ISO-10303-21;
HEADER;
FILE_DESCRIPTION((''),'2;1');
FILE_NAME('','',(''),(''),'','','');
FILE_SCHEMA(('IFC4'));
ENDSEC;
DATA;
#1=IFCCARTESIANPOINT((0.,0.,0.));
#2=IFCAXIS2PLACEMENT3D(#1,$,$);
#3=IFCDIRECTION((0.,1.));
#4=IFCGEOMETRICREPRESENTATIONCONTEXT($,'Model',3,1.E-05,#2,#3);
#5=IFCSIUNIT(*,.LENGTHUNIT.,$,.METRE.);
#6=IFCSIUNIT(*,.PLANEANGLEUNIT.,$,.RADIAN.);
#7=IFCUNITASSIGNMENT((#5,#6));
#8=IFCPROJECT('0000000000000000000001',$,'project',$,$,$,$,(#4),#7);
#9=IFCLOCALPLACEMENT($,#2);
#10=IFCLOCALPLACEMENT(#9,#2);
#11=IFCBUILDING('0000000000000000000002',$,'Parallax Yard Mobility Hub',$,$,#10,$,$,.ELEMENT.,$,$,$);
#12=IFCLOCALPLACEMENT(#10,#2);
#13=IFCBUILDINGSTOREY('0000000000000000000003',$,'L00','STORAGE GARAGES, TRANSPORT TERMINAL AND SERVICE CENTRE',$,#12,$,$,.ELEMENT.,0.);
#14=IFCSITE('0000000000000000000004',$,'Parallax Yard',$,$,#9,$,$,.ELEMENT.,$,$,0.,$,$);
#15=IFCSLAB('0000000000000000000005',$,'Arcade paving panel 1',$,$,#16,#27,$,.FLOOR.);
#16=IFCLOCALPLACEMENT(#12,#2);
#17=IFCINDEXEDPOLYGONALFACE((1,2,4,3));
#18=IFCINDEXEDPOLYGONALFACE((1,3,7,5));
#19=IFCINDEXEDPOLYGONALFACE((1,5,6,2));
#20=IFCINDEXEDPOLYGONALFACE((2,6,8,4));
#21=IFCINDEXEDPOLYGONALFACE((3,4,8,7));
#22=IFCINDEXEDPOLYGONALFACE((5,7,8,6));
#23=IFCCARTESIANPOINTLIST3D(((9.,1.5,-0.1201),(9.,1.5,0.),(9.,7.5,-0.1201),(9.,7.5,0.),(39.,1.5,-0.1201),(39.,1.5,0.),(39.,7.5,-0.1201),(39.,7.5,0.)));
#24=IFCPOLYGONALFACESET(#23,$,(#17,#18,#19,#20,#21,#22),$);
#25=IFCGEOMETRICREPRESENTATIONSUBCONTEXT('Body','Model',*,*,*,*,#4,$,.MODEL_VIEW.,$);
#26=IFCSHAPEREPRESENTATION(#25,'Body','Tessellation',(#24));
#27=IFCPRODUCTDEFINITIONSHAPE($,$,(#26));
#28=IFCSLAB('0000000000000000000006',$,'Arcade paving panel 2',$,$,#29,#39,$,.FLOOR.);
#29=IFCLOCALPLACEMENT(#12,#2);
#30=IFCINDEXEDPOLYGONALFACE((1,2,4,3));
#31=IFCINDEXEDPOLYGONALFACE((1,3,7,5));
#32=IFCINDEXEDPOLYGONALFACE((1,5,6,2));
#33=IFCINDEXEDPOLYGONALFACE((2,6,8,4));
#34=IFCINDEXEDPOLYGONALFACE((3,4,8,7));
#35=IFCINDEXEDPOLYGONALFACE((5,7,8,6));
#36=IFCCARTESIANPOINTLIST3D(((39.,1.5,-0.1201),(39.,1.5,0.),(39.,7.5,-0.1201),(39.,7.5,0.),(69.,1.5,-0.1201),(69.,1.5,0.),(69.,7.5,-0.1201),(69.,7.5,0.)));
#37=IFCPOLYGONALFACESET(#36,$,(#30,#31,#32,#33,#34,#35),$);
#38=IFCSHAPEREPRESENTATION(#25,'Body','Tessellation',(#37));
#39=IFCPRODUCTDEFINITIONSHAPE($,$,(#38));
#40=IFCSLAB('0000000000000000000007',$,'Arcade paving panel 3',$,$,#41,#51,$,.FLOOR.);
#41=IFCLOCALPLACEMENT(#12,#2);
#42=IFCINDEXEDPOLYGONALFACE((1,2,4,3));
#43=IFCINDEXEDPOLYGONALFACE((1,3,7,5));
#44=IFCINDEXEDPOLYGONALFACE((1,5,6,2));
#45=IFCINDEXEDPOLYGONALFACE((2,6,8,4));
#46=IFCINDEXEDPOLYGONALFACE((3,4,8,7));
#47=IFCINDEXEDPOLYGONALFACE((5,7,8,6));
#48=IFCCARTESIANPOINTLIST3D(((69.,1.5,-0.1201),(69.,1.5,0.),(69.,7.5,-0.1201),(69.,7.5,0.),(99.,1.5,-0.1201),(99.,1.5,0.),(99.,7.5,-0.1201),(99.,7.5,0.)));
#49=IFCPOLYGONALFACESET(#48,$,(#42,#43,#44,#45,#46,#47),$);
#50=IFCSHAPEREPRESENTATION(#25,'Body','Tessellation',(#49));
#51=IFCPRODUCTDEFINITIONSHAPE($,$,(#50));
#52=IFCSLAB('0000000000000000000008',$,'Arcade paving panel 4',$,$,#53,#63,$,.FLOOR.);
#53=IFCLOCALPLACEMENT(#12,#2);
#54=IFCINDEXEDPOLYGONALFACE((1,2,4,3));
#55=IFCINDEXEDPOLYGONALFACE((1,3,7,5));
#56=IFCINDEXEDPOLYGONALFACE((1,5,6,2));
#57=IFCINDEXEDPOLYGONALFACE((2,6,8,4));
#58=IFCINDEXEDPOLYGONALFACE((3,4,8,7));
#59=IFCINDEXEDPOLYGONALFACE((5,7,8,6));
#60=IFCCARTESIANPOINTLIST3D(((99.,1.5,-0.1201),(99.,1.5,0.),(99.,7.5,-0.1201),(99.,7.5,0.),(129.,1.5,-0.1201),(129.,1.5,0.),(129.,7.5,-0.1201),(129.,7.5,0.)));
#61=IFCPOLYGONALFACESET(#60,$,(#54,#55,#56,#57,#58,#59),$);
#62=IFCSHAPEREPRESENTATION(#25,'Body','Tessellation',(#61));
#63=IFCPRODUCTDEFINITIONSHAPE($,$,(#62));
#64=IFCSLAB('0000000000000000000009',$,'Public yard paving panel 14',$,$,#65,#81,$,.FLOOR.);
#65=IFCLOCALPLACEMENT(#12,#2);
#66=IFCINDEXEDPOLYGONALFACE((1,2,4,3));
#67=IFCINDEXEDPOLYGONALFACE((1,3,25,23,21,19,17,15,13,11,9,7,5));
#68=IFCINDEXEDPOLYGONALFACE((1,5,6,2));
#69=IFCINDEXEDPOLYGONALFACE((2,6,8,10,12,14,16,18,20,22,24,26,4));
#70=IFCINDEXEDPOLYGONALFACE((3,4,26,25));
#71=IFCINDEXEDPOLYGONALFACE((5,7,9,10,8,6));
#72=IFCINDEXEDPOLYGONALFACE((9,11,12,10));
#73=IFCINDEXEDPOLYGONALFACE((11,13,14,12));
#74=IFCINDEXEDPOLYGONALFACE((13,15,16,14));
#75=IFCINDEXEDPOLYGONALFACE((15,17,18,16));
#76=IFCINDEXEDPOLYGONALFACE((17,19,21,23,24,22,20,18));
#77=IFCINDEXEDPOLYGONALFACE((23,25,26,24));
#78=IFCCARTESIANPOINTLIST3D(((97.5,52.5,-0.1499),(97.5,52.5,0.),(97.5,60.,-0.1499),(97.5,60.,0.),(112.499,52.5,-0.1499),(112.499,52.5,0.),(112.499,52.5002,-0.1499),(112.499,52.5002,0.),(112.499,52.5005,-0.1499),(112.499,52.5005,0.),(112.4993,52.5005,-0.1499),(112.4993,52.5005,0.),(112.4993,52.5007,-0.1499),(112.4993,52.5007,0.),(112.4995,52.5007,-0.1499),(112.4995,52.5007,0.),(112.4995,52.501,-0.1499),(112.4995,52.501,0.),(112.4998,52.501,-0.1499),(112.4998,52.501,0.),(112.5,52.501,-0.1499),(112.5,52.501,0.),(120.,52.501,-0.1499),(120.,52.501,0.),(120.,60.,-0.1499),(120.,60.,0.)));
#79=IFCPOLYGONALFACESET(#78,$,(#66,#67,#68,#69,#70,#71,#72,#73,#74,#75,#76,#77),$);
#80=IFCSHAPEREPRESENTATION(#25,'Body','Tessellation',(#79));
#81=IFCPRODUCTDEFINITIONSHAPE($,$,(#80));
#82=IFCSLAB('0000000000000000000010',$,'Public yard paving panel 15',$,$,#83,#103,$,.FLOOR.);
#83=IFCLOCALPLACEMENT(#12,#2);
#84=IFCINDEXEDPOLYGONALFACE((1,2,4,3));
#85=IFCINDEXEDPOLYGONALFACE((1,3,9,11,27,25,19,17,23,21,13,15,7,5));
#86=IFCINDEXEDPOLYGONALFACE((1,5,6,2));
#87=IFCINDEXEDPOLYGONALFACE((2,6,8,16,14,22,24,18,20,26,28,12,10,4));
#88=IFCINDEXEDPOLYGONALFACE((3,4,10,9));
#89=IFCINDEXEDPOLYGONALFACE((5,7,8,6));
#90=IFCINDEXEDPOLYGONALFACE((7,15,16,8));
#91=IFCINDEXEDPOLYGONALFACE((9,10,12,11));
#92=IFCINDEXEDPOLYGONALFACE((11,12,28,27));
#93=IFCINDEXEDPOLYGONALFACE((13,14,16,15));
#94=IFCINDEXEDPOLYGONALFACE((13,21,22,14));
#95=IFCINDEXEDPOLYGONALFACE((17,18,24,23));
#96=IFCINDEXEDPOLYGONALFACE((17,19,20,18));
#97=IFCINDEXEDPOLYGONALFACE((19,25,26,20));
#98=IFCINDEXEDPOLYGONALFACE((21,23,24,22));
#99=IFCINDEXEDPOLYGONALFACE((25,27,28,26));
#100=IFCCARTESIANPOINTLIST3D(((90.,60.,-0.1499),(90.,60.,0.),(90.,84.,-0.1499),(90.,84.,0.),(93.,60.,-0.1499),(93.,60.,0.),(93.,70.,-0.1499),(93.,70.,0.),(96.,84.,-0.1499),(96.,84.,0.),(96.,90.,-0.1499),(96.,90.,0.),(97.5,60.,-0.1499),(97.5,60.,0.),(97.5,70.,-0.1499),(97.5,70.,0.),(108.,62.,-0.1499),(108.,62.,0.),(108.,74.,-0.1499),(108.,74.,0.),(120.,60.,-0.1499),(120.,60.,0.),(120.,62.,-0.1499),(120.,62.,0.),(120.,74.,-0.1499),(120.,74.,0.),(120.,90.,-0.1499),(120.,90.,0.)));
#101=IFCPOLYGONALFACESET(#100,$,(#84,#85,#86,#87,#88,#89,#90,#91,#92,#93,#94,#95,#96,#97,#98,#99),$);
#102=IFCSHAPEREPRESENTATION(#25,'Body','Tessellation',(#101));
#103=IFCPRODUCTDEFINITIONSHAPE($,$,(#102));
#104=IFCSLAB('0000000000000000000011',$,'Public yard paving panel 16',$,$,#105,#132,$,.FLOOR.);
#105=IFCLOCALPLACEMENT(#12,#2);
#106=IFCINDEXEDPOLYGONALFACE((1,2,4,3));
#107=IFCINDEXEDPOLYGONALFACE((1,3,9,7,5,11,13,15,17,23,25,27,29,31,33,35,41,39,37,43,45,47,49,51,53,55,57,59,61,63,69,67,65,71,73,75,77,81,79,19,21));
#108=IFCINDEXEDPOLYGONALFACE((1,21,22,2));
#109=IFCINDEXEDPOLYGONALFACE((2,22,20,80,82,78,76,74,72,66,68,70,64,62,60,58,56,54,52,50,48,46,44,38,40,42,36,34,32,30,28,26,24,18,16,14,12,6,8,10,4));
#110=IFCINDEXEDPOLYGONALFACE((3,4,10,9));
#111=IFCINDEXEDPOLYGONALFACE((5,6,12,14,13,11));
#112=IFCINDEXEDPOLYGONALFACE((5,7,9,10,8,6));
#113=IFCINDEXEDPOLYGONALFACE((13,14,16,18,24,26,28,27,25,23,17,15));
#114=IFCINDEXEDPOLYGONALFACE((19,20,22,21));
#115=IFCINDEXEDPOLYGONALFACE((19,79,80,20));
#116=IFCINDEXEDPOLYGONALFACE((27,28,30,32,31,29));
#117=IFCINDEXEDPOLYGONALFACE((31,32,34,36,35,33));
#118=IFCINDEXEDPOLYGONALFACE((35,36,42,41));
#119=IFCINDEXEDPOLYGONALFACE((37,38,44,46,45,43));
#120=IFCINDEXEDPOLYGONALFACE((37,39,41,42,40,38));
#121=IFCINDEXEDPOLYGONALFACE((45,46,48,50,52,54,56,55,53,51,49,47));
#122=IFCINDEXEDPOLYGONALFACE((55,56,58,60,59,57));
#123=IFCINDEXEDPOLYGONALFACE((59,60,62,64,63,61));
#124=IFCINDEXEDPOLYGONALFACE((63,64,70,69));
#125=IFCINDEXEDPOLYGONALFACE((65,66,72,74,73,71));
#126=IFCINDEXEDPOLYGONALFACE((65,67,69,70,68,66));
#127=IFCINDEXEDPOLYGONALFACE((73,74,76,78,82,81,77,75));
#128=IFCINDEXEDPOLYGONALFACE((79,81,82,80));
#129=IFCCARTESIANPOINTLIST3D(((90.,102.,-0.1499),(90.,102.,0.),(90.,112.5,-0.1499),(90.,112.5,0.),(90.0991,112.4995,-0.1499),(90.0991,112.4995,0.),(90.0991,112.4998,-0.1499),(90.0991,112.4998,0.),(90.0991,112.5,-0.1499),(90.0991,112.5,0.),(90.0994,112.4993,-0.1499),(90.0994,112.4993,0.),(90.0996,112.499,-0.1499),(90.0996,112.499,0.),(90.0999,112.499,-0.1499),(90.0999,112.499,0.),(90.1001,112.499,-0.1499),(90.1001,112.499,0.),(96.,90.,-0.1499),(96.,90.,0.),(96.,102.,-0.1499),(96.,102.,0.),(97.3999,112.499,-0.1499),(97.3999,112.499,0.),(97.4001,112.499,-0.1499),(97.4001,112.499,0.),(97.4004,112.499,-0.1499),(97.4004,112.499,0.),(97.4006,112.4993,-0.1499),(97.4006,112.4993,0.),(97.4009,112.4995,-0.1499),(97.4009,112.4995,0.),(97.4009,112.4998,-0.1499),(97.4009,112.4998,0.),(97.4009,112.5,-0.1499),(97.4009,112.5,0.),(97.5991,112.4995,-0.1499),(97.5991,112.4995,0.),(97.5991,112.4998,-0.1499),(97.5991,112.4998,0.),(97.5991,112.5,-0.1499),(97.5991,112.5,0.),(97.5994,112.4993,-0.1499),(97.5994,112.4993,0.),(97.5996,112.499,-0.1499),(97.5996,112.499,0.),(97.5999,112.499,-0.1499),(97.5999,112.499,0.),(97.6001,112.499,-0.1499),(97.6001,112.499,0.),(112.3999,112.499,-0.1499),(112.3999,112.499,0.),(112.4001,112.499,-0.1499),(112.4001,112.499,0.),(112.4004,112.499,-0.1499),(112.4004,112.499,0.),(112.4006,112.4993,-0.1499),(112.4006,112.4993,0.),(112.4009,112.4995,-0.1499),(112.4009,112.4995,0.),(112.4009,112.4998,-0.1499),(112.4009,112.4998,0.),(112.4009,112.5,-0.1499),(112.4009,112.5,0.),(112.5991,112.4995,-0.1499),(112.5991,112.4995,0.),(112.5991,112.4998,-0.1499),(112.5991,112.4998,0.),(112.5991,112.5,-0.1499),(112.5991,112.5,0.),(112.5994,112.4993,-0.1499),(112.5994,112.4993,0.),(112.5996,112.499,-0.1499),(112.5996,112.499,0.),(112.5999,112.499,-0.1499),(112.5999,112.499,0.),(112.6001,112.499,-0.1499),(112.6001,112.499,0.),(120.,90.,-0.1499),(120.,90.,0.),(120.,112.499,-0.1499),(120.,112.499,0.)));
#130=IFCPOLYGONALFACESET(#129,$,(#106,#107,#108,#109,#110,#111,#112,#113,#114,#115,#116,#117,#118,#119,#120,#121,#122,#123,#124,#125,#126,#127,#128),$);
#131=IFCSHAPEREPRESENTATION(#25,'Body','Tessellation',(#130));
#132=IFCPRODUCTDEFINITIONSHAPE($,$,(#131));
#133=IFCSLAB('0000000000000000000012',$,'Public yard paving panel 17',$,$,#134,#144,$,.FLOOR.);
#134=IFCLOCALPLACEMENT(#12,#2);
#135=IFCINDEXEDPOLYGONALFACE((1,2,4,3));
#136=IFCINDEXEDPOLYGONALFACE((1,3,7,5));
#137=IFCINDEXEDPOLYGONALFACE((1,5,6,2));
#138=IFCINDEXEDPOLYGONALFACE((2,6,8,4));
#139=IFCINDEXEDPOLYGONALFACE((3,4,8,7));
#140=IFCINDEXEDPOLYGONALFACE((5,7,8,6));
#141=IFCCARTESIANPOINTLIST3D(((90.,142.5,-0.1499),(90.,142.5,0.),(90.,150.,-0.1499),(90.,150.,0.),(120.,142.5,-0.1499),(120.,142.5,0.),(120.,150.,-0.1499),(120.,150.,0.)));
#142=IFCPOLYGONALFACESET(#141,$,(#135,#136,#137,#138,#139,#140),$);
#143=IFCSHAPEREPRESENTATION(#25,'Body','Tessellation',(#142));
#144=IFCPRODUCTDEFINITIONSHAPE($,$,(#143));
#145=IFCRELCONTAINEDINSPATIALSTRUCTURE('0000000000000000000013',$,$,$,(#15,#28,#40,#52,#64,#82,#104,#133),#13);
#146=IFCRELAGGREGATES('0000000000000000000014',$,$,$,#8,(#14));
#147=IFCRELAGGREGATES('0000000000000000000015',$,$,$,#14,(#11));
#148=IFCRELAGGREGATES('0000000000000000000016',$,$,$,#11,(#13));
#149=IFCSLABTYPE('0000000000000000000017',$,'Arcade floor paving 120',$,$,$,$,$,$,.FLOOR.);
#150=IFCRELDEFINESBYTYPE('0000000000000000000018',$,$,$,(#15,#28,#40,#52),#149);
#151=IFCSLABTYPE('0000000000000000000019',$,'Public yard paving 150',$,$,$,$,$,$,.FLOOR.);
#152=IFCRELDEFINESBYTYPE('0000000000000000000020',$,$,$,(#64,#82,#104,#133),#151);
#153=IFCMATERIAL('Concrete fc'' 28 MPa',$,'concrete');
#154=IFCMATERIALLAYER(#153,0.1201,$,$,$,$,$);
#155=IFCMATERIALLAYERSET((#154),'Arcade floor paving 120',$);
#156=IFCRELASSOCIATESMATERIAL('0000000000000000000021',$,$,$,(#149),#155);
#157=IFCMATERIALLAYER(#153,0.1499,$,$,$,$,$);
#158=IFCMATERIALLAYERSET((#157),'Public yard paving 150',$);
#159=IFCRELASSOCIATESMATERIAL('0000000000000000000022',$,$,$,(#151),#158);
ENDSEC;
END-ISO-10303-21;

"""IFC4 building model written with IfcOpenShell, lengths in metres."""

from ifc_helpers import new_model, si_unit, direction, frame, origin, place, context, subcontext, project, spatial, polyline, outline, extrude, material, layer, layer_set, type_object, element, save


model = new_model("IFC4")

# Units and contexts
model_context = context("Model", 3, precision=1e-05, world=origin(), true_north=direction((0.0, 1.0)))
body_context = subcontext(model_context, "Body", "Model", "MODEL_VIEW")
ifc_project = project(units=[si_unit("LENGTHUNIT", "METRE"), si_unit("PLANEANGLEUNIT", "RADIAN")], contexts=[model_context])

# Site, building, storey
site_placement = place(None, origin())
site = spatial("IfcSite", under=ifc_project, at=site_placement, Name="Parallax Yard", CompositionType="ELEMENT", RefElevation=0.0)
building_placement = place(site_placement, origin())
building = spatial("IfcBuilding", under=site, at=building_placement, Name="Parallax Yard Mobility Hub", CompositionType="ELEMENT")
storey_placement = place(building_placement, origin())
storey = spatial("IfcBuildingStorey", under=building, at=storey_placement, Name="L00", Description="STORAGE GARAGES, TRANSPORT TERMINAL AND SERVICE CENTRE", CompositionType="ELEMENT", Elevation=0.0)

# Slabs
ifc_material = material(Name="Concrete fc' 28 MPa", Category="concrete")
ifc_layer_1 = layer(ifc_material, 0.1201)
ifc_layer_set_1 = layer_set([ifc_layer_1], Name="Arcade floor paving 120")
slab_type_1 = type_object("IfcSlabType", Name="Arcade floor paving 120", PredefinedType="FLOOR", material=ifc_layer_set_1)
slab_1_placement = place(storey_placement, frame((0.0, 0.0, -0.1201)))
element("IfcSlab", 1, at=slab_1_placement, inside=storey, type_object=slab_type_1, Name="Arcade paving panel 1", PredefinedType="FLOOR", context=body_context, shape_type="SweptSolid", body=[
    extrude(outline(polyline([(39.0, 1.5), (39.0, 7.5), (9.0, 7.5), (9.0, 1.5), (39.0, 1.5)])), origin(), (0.0, 0.0, 1.0), 0.1201),
])
slab_2_placement = place(storey_placement, frame((0.0, 0.0, -0.1201)))
element("IfcSlab", 2, at=slab_2_placement, inside=storey, type_object=slab_type_1, Name="Arcade paving panel 2", PredefinedType="FLOOR", context=body_context, shape_type="SweptSolid", body=[
    extrude(outline(polyline([(69.0, 1.5), (69.0, 7.5), (39.0, 7.5), (39.0, 1.5), (69.0, 1.5)])), origin(), (0.0, 0.0, 1.0), 0.1201),
])
slab_3_placement = place(storey_placement, frame((0.0, 0.0, -0.1201)))
element("IfcSlab", 3, at=slab_3_placement, inside=storey, type_object=slab_type_1, Name="Arcade paving panel 3", PredefinedType="FLOOR", context=body_context, shape_type="SweptSolid", body=[
    extrude(outline(polyline([(99.0, 1.5), (99.0, 7.5), (69.0, 7.5), (69.0, 1.5), (99.0, 1.5)])), origin(), (0.0, 0.0, 1.0), 0.1201),
])
slab_4_placement = place(storey_placement, frame((0.0, 0.0, -0.1201)))
element("IfcSlab", 4, at=slab_4_placement, inside=storey, type_object=slab_type_1, Name="Arcade paving panel 4", PredefinedType="FLOOR", context=body_context, shape_type="SweptSolid", body=[
    extrude(outline(polyline([(129.0, 1.5), (129.0, 7.5), (99.0, 7.5), (99.0, 1.5), (129.0, 1.5)])), origin(), (0.0, 0.0, 1.0), 0.1201),
])
ifc_layer_2 = layer(ifc_material, 0.1499)
ifc_layer_set_2 = layer_set([ifc_layer_2], Name="Public yard paving 150")
slab_type_2 = type_object("IfcSlabType", Name="Public yard paving 150", PredefinedType="FLOOR", material=ifc_layer_set_2)
slab_5_placement = place(storey_placement, frame((0.0, 0.0, -0.1499)))
element("IfcSlab", 5, at=slab_5_placement, inside=storey, type_object=slab_type_2, Name="Public yard paving panel 14", PredefinedType="FLOOR", context=body_context, shape_type="SweptSolid", body=[
    extrude(outline(polyline([(112.5, 52.501), (112.5, 52.501), (112.4998, 52.501), (112.4998, 52.501), (112.4995, 52.501), (112.4995, 52.501), (112.4995, 52.5007), (112.4995, 52.5007), (112.4993, 52.5007), (112.4993, 52.5005), (112.4993, 52.5005), (112.499, 52.5005), (112.499, 52.5005), (112.499, 52.5002), (112.499, 52.5002), (112.499, 52.5), (112.499, 52.5), (97.5, 52.5), (97.5, 60.0), (120.0, 60.0), (120.0, 52.501), (112.5, 52.501)])), origin(), (0.0, 0.0, 1.0), 0.1499),
])
slab_6_placement = place(storey_placement, frame((0.0, 0.0, -0.1499)))
element("IfcSlab", 6, at=slab_6_placement, inside=storey, type_object=slab_type_2, Name="Public yard paving panel 15", PredefinedType="FLOOR", context=body_context, shape_type="SweptSolid", body=[
    extrude(outline(polyline([(97.5, 70.0), (93.0, 70.0), (93.0, 60.0), (90.0, 60.0), (90.0, 84.0), (96.0, 84.0), (96.0, 90.0), (120.0, 90.0), (120.0, 74.0), (108.0, 74.0), (108.0, 62.0), (120.0, 62.0), (120.0, 60.0), (97.5, 60.0), (97.5, 70.0)])), origin(), (0.0, 0.0, 1.0), 0.1499),
])
slab_7_placement = place(storey_placement, frame((0.0, 0.0, -0.1499)))
element("IfcSlab", 7, at=slab_7_placement, inside=storey, type_object=slab_type_2, Name="Public yard paving panel 16", PredefinedType="FLOOR", context=body_context, shape_type="SweptSolid", body=[
    extrude(outline(polyline([(90.0991, 112.5), (90.0991, 112.5), (90.0991, 112.4998), (90.0991, 112.4998), (90.0991, 112.4995), (90.0991, 112.4995), (90.0991, 112.4995), (90.0991, 112.4995), (90.0994, 112.4993), (90.0994, 112.4993), (90.0994, 112.4993), (90.0996, 112.499), (90.0996, 112.499), (90.0996, 112.499), (90.0999, 112.499), (90.0999, 112.499), (90.1001, 112.499), (97.3999, 112.499), (97.4001, 112.499), (97.4001, 112.499), (97.4004, 112.499), (97.4004, 112.499), (97.4004, 112.499), (97.4006, 112.4993), (97.4006, 112.4993), (97.4006, 112.4993), (97.4009, 112.4995), (97.4009, 112.4995), (97.4009, 112.4995), (97.4009, 112.4995), (97.4009, 112.4998), (97.4009, 112.4998), (97.4009, 112.5), (97.4009, 112.5), (97.5991, 112.5), (97.5991, 112.5), (97.5991, 112.4998), (97.5991, 112.4998), (97.5991, 112.4995), (97.5991, 112.4995), (97.5991, 112.4995), (97.5991, 112.4995), (97.5994, 112.4993), (97.5994, 112.4993), (97.5994, 112.4993), (97.5996, 112.499), (97.5996, 112.499), (97.5996, 112.499), (97.5999, 112.499), (97.5999, 112.499), (97.6001, 112.499), (112.3999, 112.499), (112.4001, 112.499), (112.4001, 112.499), (112.4004, 112.499), (112.4004, 112.499), (112.4004, 112.499), (112.4006, 112.4993), (112.4006, 112.4993), (112.4006, 112.4993), (112.4009, 112.4995), (112.4009, 112.4995), (112.4009, 112.4995), (112.4009, 112.4995), (112.4009, 112.4998), (112.4009, 112.4998), (112.4009, 112.5), (112.4009, 112.5), (112.5991, 112.5), (112.5991, 112.5), (112.5991, 112.4998), (112.5991, 112.4998), (112.5991, 112.4995), (112.5991, 112.4995), (112.5991, 112.4995), (112.5991, 112.4995), (112.5994, 112.4993), (112.5994, 112.4993), (112.5994, 112.4993), (112.5996, 112.499), (112.5996, 112.499), (112.5996, 112.499), (112.5999, 112.499), (112.5999, 112.499), (112.6001, 112.499), (120.0, 112.499), (120.0, 90.0), (96.0, 90.0), (96.0, 102.0), (90.0, 102.0), (90.0, 112.5), (90.0991, 112.5)])), origin(), (0.0, 0.0, 1.0), 0.1499),
])
slab_8_placement = place(storey_placement, frame((0.0, 0.0, -0.1499)))
element("IfcSlab", 8, at=slab_8_placement, inside=storey, type_object=slab_type_2, Name="Public yard paving panel 17", PredefinedType="FLOOR", context=body_context, shape_type="SweptSolid", body=[
    extrude(outline(polyline([(120.0, 150.0), (120.0, 142.5), (90.0, 142.5), (90.0, 150.0), (120.0, 150.0)])), origin(), (0.0, 0.0, 1.0), 0.1499),
])

save(model, "model.ifc")
